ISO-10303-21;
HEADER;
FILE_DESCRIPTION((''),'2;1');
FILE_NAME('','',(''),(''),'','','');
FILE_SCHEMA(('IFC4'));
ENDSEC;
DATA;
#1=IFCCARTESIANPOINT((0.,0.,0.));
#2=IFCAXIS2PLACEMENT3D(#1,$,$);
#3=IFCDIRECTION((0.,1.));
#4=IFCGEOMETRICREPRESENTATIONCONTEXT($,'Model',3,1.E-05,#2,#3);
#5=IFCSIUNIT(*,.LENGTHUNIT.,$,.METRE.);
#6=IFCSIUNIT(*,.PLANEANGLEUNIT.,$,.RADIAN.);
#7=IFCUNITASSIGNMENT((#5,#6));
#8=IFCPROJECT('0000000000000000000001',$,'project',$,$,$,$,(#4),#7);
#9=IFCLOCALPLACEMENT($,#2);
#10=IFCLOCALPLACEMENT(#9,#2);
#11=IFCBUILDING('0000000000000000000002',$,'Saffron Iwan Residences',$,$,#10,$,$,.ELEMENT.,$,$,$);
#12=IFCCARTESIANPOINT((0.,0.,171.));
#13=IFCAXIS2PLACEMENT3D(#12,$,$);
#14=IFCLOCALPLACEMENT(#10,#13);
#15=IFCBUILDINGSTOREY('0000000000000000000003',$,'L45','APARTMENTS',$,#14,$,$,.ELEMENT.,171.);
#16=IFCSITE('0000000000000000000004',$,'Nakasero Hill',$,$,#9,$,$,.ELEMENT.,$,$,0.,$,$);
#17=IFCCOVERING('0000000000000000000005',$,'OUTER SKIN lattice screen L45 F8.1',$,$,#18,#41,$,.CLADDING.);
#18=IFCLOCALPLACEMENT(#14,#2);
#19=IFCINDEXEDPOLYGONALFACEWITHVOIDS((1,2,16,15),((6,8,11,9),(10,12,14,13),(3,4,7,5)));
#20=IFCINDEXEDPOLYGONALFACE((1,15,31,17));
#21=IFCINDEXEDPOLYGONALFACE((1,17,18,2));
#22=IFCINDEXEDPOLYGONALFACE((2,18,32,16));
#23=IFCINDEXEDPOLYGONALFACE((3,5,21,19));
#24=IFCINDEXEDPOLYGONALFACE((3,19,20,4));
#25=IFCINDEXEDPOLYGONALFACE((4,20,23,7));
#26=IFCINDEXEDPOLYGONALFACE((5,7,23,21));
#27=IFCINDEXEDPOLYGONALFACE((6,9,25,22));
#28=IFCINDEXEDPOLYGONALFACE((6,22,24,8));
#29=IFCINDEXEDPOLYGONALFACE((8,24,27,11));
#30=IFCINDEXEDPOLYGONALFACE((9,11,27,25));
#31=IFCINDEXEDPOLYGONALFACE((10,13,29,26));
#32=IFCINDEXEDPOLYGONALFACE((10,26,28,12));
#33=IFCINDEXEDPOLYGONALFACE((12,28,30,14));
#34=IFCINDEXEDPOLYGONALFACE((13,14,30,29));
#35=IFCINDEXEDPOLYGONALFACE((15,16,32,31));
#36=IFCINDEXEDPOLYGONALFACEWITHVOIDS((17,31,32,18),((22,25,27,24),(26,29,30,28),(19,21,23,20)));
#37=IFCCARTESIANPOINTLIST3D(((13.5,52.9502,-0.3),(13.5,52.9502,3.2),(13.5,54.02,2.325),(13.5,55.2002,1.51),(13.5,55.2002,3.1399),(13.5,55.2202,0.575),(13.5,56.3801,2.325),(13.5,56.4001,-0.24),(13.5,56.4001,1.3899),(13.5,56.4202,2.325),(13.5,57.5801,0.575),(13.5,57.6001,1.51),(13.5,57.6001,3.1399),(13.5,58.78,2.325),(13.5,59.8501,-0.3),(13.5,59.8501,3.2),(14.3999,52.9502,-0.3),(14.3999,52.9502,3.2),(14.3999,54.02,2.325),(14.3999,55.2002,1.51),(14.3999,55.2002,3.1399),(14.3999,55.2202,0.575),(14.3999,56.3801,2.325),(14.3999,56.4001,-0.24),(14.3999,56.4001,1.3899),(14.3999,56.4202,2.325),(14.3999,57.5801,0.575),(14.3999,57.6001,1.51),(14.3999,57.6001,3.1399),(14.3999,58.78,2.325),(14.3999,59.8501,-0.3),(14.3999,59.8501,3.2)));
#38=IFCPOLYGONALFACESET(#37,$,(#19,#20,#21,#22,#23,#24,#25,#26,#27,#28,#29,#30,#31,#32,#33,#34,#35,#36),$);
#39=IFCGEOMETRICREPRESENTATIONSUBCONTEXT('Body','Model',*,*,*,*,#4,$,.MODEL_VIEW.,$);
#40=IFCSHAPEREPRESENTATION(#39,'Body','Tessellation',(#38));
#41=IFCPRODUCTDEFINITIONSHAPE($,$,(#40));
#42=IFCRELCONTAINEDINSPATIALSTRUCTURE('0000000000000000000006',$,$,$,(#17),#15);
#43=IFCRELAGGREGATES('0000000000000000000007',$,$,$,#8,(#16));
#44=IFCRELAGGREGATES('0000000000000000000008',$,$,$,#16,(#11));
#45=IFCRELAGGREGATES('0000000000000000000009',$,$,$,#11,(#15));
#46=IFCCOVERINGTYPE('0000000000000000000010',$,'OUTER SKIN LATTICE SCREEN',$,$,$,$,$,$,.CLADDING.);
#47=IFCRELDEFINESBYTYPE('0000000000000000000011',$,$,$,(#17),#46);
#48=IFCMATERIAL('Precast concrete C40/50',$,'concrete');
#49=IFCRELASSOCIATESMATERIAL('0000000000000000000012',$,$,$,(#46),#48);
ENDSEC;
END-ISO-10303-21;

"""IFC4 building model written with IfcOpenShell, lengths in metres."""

from ifc_helpers import new_model, si_unit, direction, frame, origin, place, context, subcontext, project, spatial, polyline, outline, extrude, material, type_object, element, save


model = new_model("IFC4")

# Units and contexts
model_context = context("Model", 3, precision=1e-05, world=origin(), true_north=direction((0.0, 1.0)))
body_context = subcontext(model_context, "Body", "Model", "MODEL_VIEW")
ifc_project = project(units=[si_unit("LENGTHUNIT", "METRE"), si_unit("PLANEANGLEUNIT", "RADIAN")], contexts=[model_context])

# Site, building, storey
site_placement = place(None, origin())
site = spatial("IfcSite", under=ifc_project, at=site_placement, Name="Nakasero Hill", CompositionType="ELEMENT", RefElevation=0.0)
building_placement = place(site_placement, origin())
building = spatial("IfcBuilding", under=site, at=building_placement, Name="Saffron Iwan Residences", CompositionType="ELEMENT")
storey_placement = place(building_placement, frame((0.0, 0.0, 171.0)))
storey = spatial("IfcBuildingStorey", under=building, at=storey_placement, Name="L45", Description="APARTMENTS", CompositionType="ELEMENT", Elevation=171.0)

# Covering
ifc_material_1 = material(Name="Precast concrete C40/50", Category="concrete")
covering_type = type_object("IfcCoveringType", Name="OUTER SKIN LATTICE SCREEN", PredefinedType="CLADDING", material=ifc_material_1)
covering_placement = place(storey_placement, frame((14.3999, 59.8501, -0.3), z_axis=(-1.0, 0.0, 0.0), x_axis=(0.0, -1.0, 0.0)))
element("IfcCovering", 1, at=covering_placement, inside=storey, type_object=covering_type, Name="OUTER SKIN lattice screen L45 F8.1", PredefinedType="CLADDING", context=body_context, shape_type="SweptSolid", body=[
    extrude(outline(polyline([(0.0, 0.0), (6.8999, 0.0), (6.8999, 3.5), (0.0, 3.5), (0.0, 0.0)]), holes=[polyline([(2.27, 0.875), (3.45, 0.0601), (4.6299, 0.875), (3.45, 1.6899), (2.27, 0.875)]), polyline([(1.0701, 2.625), (2.25, 1.8101), (3.4299, 2.625), (2.25, 3.4399), (1.0701, 2.625)]), polyline([(3.47, 2.625), (4.6499, 1.8101), (5.8301, 2.625), (4.6499, 3.4399), (3.47, 2.625)])]), origin(), (0.0, 0.0, 1.0), 0.8999),
])

save(model, "model.ifc")
